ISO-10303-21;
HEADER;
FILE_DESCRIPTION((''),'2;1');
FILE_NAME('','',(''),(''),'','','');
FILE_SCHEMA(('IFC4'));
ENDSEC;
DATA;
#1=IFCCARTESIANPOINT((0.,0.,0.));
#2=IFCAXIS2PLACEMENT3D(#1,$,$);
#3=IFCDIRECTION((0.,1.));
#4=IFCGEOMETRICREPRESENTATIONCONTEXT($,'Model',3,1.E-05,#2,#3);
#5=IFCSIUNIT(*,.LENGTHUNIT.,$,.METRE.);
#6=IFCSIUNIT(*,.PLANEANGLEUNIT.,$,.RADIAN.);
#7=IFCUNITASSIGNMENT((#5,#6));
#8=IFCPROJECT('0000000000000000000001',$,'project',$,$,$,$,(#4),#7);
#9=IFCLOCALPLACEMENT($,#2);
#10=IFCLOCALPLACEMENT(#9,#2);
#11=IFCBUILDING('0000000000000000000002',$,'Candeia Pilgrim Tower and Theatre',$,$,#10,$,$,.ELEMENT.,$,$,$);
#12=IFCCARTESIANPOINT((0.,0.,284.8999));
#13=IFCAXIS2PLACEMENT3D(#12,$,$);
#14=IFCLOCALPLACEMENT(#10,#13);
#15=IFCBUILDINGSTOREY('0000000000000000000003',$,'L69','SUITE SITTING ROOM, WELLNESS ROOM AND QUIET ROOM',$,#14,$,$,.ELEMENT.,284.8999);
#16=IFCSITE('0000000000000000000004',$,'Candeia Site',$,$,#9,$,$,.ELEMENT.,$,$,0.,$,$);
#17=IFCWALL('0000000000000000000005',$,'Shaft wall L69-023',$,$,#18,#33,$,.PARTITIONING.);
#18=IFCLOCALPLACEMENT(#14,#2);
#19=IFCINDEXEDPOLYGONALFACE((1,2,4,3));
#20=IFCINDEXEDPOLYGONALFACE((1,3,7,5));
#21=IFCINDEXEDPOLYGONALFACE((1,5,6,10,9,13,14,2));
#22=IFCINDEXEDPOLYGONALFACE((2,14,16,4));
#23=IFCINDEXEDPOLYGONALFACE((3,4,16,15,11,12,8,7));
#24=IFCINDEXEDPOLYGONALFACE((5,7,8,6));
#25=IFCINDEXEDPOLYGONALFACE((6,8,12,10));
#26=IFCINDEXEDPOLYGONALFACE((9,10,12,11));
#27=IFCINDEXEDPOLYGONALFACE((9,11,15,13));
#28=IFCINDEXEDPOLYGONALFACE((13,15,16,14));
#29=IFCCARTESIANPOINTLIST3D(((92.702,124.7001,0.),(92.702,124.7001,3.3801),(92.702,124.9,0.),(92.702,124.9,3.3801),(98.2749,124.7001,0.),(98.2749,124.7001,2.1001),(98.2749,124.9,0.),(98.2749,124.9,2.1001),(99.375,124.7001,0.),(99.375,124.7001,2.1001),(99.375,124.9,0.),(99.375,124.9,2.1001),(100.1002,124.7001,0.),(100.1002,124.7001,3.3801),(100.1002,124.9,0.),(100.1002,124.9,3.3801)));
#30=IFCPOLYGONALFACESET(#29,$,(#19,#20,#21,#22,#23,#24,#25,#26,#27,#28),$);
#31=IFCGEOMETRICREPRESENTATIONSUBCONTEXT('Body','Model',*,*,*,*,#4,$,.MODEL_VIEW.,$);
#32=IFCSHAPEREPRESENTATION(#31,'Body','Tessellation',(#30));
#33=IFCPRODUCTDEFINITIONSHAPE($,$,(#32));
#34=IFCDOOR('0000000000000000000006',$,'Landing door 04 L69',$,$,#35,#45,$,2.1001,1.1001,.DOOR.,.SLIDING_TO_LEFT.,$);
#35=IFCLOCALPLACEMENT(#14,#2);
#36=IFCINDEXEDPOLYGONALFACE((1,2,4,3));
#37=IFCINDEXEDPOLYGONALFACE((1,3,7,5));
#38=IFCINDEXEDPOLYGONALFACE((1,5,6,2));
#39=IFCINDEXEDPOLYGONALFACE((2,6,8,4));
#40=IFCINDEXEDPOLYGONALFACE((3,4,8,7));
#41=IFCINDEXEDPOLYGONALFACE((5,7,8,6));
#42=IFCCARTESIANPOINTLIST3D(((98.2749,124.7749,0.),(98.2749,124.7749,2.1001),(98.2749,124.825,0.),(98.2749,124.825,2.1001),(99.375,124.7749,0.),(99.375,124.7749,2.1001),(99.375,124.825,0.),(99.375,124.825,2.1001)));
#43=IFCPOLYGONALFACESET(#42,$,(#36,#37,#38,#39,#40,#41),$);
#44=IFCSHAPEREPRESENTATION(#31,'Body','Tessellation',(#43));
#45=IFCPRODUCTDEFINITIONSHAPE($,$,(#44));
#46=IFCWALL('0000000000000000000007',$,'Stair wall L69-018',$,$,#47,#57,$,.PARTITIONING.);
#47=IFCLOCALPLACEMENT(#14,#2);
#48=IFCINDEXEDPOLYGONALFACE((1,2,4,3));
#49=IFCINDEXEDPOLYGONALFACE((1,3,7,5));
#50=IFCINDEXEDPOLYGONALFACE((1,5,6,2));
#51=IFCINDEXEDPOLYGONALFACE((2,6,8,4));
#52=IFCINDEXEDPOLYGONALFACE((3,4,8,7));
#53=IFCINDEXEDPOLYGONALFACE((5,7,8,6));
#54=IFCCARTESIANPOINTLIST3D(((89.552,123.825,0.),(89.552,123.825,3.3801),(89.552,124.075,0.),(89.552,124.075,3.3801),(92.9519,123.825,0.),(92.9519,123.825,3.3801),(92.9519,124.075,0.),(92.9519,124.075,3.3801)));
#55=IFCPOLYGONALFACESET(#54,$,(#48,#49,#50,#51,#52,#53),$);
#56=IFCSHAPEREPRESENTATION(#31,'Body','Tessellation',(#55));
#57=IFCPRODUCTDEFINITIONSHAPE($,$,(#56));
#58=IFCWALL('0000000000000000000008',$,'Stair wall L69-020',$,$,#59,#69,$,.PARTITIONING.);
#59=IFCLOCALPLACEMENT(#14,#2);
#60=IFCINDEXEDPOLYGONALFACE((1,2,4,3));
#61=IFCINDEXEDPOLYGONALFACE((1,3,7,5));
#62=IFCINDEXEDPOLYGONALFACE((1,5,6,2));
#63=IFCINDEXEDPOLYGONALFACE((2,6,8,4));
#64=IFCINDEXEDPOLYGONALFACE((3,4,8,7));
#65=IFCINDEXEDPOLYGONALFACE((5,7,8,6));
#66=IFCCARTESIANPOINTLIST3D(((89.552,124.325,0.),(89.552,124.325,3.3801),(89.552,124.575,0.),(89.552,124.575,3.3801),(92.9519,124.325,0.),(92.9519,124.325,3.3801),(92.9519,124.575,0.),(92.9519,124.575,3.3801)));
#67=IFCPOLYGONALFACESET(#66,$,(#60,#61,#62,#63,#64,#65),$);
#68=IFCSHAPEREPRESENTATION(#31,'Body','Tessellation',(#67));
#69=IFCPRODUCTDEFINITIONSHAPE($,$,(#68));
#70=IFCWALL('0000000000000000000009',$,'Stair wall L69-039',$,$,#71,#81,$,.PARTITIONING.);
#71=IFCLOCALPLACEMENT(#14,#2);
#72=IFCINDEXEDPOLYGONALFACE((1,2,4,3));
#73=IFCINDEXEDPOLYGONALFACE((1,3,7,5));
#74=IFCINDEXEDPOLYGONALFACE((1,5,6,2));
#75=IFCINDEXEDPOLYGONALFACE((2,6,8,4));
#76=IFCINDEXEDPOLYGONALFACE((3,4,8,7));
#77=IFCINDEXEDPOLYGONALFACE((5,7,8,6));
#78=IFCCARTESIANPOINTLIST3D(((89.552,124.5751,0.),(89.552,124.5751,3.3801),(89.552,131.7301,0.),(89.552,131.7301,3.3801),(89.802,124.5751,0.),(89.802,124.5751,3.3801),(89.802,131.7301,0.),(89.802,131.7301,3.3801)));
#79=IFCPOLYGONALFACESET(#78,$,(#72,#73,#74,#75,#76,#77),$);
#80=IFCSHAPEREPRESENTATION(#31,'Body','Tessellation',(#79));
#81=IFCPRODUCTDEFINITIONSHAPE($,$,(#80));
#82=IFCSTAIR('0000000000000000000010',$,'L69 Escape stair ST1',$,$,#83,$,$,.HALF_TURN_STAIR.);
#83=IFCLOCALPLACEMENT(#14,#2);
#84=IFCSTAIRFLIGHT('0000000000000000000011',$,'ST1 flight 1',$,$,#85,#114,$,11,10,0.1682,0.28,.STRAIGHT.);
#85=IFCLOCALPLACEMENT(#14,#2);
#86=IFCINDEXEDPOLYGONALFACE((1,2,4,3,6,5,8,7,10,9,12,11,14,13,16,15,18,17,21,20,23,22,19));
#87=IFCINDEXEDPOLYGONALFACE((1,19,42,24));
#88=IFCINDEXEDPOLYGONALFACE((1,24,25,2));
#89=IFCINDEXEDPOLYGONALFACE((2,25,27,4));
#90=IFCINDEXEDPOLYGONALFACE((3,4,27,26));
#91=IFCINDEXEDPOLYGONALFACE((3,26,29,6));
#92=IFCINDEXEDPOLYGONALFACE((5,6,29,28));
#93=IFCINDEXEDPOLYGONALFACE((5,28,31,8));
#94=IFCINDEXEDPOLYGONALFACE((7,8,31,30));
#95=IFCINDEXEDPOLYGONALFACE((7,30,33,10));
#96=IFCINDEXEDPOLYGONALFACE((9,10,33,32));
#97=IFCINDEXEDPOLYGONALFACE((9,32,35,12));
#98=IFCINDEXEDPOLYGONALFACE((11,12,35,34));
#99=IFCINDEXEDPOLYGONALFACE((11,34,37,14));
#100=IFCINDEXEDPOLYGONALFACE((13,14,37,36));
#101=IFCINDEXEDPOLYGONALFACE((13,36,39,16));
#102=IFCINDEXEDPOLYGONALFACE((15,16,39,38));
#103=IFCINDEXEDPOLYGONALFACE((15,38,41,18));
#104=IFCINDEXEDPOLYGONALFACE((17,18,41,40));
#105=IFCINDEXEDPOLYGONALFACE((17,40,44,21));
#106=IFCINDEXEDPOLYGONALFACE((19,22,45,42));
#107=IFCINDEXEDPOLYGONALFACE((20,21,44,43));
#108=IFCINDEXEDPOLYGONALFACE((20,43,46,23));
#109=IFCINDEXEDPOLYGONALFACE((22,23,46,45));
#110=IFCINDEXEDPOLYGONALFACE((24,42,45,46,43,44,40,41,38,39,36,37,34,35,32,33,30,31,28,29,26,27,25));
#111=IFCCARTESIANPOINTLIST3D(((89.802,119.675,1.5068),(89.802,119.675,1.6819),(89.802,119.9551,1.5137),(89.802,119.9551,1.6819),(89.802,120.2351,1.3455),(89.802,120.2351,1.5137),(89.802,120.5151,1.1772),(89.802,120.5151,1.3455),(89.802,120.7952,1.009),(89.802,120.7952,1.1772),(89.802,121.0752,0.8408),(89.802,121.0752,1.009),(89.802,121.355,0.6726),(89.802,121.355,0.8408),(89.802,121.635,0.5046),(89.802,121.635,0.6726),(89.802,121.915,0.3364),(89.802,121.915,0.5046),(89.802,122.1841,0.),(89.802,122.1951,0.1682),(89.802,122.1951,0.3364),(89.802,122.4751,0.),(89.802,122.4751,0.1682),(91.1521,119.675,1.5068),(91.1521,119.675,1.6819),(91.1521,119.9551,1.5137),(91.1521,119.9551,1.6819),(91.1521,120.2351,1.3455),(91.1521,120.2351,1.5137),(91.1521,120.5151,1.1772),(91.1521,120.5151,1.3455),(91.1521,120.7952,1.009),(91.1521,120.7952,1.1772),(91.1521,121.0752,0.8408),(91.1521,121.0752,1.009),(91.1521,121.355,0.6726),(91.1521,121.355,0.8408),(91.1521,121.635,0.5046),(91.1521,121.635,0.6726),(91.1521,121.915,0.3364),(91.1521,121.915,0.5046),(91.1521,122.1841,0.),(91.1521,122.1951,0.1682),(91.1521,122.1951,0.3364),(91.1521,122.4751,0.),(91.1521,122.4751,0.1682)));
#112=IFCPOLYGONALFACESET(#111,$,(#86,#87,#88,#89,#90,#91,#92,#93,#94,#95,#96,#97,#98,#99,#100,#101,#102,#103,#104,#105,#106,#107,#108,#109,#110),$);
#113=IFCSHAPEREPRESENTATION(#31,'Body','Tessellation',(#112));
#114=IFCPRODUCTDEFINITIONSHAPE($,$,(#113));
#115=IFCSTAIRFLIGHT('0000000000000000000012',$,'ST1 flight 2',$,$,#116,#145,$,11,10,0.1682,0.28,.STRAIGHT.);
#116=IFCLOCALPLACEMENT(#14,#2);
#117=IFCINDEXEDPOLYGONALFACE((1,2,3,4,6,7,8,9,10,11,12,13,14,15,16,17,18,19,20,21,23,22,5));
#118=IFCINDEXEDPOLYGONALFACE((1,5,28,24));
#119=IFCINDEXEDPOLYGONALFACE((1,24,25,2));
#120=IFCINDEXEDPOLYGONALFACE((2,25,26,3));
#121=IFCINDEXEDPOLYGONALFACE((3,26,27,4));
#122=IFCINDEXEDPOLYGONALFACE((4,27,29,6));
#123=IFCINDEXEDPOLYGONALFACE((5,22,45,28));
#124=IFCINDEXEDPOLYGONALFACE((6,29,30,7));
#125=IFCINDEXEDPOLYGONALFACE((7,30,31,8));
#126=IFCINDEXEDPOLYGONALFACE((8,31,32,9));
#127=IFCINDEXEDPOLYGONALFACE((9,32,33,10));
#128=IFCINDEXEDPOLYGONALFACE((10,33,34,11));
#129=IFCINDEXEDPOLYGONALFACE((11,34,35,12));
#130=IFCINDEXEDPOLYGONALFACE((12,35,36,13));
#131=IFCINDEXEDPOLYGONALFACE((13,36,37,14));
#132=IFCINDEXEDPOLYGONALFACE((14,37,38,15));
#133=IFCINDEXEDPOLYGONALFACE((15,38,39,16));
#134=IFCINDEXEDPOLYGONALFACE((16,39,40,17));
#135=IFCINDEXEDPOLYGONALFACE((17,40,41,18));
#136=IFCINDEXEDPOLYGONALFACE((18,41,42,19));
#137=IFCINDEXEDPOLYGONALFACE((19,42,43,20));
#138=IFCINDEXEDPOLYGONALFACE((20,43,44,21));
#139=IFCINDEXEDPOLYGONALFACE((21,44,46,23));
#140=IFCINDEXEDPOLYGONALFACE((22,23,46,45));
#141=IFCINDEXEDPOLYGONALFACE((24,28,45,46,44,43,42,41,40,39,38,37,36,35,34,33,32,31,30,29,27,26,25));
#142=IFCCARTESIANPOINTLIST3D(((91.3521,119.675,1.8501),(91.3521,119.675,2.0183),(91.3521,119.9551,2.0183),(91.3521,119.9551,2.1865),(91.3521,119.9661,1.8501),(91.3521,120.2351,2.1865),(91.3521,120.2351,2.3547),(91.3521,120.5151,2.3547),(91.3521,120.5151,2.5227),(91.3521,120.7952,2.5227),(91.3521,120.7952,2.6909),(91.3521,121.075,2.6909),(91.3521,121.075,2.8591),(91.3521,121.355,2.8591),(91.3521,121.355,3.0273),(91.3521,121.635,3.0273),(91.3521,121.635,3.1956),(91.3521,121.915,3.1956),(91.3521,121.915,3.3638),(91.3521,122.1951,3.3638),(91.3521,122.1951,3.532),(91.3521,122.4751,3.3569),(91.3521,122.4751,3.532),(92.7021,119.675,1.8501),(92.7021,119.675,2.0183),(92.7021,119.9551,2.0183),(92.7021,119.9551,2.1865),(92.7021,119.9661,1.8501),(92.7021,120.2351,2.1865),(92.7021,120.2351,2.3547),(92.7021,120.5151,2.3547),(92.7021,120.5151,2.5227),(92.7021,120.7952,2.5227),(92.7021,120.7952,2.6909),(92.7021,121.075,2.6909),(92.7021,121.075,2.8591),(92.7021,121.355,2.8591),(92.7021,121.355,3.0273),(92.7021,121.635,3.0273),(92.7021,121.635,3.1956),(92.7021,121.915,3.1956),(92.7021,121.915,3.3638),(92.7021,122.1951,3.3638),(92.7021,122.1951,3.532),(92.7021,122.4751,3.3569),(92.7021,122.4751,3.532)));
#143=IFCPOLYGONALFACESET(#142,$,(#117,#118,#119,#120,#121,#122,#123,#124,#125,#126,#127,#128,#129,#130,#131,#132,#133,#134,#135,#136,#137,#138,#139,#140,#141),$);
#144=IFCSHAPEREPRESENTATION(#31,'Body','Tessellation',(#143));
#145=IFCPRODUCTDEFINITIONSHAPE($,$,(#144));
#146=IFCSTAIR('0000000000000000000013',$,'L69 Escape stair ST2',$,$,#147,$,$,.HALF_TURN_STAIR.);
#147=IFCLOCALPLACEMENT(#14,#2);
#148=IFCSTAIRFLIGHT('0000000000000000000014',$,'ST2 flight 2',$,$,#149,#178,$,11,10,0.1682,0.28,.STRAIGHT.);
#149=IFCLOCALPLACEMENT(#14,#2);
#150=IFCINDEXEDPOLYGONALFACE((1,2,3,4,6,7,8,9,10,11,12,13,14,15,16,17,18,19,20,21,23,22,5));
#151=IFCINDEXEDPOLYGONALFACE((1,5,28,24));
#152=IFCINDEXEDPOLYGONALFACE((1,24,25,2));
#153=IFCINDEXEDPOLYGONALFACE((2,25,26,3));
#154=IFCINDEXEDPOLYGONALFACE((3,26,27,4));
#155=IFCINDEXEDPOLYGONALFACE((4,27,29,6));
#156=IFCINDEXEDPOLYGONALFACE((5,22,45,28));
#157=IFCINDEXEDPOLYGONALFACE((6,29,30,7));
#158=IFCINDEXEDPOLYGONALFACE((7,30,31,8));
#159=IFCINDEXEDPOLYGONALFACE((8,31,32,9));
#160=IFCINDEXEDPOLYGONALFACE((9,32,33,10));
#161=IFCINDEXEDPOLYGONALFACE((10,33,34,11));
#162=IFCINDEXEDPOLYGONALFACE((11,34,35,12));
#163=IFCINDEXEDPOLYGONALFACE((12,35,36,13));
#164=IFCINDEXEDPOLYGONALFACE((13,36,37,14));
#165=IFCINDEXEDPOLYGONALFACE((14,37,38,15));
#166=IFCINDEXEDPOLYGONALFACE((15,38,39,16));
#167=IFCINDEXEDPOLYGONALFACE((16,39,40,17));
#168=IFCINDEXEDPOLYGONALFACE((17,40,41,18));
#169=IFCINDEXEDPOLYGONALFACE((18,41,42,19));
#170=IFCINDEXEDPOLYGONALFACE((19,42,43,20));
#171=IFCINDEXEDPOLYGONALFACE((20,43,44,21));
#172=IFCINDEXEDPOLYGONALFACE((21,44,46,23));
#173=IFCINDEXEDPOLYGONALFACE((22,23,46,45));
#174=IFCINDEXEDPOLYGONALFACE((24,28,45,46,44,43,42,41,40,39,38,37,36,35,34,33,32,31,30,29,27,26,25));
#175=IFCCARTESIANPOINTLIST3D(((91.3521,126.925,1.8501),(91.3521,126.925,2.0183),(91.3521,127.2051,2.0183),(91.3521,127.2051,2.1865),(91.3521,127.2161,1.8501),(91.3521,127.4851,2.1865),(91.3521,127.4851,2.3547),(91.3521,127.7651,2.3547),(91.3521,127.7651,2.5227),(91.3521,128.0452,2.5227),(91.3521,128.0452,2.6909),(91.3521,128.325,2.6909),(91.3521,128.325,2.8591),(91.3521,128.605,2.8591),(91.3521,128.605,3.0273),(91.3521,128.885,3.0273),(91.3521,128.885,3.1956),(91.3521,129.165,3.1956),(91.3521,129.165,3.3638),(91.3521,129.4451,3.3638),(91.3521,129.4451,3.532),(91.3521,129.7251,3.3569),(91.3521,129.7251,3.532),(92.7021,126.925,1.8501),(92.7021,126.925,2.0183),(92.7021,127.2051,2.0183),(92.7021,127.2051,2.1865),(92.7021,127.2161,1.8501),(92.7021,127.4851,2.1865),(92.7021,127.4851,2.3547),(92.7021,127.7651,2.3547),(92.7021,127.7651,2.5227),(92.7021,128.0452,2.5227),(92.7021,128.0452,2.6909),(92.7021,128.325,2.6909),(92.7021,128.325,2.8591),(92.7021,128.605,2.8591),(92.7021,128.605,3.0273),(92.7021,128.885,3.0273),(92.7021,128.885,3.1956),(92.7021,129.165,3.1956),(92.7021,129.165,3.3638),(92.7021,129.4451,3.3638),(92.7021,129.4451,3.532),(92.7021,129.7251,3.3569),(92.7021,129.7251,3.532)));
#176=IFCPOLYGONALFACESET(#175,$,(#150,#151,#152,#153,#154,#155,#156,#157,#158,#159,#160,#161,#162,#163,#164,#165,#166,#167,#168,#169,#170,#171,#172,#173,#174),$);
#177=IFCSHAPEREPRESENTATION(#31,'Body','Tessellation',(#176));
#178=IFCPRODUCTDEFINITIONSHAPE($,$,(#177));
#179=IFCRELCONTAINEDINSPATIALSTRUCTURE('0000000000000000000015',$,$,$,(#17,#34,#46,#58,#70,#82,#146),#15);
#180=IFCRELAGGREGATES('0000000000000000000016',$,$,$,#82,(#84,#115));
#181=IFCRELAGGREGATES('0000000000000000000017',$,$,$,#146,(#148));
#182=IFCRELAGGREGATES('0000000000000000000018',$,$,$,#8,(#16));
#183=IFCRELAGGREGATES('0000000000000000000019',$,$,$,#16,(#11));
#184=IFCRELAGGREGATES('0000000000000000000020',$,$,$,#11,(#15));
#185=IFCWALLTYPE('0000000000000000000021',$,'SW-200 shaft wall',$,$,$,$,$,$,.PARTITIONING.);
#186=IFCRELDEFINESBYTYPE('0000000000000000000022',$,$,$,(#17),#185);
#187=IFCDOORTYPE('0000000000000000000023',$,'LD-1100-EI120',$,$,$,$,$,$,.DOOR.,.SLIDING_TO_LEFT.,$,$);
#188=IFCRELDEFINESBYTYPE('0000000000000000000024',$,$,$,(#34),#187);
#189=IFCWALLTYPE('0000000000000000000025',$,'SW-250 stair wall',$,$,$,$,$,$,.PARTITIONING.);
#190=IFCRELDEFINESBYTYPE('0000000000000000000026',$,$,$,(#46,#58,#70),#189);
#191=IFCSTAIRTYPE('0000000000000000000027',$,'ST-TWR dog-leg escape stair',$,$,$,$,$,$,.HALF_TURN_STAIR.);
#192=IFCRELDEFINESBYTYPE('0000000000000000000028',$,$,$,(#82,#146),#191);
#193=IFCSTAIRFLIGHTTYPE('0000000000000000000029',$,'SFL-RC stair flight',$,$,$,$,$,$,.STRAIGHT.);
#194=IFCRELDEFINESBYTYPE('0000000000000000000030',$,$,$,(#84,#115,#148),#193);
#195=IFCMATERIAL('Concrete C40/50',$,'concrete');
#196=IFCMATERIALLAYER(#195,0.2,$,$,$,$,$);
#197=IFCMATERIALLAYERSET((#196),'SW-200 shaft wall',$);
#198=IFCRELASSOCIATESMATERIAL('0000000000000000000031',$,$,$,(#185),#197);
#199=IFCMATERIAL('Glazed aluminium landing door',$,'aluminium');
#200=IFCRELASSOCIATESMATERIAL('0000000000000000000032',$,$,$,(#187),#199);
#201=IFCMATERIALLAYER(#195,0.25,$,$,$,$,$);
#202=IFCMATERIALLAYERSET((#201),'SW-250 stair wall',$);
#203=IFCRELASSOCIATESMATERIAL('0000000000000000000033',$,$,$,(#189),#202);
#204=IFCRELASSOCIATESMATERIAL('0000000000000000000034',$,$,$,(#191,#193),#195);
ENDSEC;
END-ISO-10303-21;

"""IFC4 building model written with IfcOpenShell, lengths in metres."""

from ifc_helpers import new_model, si_unit, direction, frame, frame_2d, origin, place, context, subcontext, project, spatial, polyline, rectangle, outline, extrude, material, layer, layer_set, type_object, element, fill, aggregate, save


model = new_model("IFC4")

# Units and contexts
model_context = context("Model", 3, precision=1e-05, world=origin(), true_north=direction((0.0, 1.0)))
body_context = subcontext(model_context, "Body", "Model", "MODEL_VIEW")
ifc_project = project(units=[si_unit("LENGTHUNIT", "METRE"), si_unit("PLANEANGLEUNIT", "RADIAN")], contexts=[model_context])

# Site, building, storey
site_placement = place(None, origin())
site = spatial("IfcSite", under=ifc_project, at=site_placement, Name="Candeia Site", CompositionType="ELEMENT", RefElevation=0.0)
building_placement = place(site_placement, origin())
building = spatial("IfcBuilding", under=site, at=building_placement, Name="Candeia Pilgrim Tower and Theatre", CompositionType="ELEMENT")
storey_placement = place(building_placement, frame((0.0, 0.0, 284.8999)))
storey = spatial("IfcBuildingStorey", under=building, at=storey_placement, Name="L69", Description="SUITE SITTING ROOM, WELLNESS ROOM AND QUIET ROOM", CompositionType="ELEMENT", Elevation=284.8999)

# Wall, opening, door
ifc_material_1 = material(Name="Concrete C40/50", Category="concrete")
ifc_layer_1 = layer(ifc_material_1, 0.2)
ifc_layer_set_1 = layer_set([ifc_layer_1], Name="SW-200 shaft wall")
wall_type_1 = type_object("IfcWallType", Name="SW-200 shaft wall", PredefinedType="PARTITIONING", material=ifc_layer_set_1)
wall_1_placement = place(storey_placement, frame((92.7019, 124.8, 0.0), z_axis=(0.0, 0.0, 1.0), x_axis=(1.0, 0.0, 0.0)))
wall_1 = element("IfcWall", 1, at=wall_1_placement, inside=storey, type_object=wall_type_1, Name="Shaft wall L69-023", PredefinedType="PARTITIONING", context=body_context, shape_type="SweptSolid", body=[
    extrude(rectangle(XDim=7.3982, YDim=0.2, at=frame_2d((3.6992, 0.0))), origin(), (0.0, 0.0, 1.0), 3.3801),
])
opening_placement = place(wall_1_placement, frame((5.573, 0.0, 0.0)))
opening = element("IfcOpeningElement", 2, at=opening_placement, cuts=wall_1, PredefinedType="OPENING", context=body_context, shape_type="SweptSolid", body=[
    extrude(rectangle(XDim=1.1001, YDim=2.1001, at=frame_2d((0.55, 1.05))), frame((0.0, 0.1099, 0.0), z_axis=(0.0, -1.0, 0.0), x_axis=(1.0, 0.0, 0.0)), (0.0, 0.0, 1.0), 0.22),
])
ifc_material_2 = material(Name="Glazed aluminium landing door", Category="aluminium")
door_type = type_object("IfcDoorType", Name="LD-1100-EI120", OperationType="SLIDING_TO_LEFT", PredefinedType="DOOR", material=ifc_material_2)
door_placement = place(opening_placement, origin())
door = element("IfcDoor", 3, at=door_placement, inside=storey, type_object=door_type, Name="Landing door 04 L69", OperationType="SLIDING_TO_LEFT", OverallHeight=2.1001, OverallWidth=1.1001, PredefinedType="DOOR", context=body_context, shape_type="SweptSolid", body=[
    extrude(rectangle(XDim=1.1001, YDim=2.1001, at=frame_2d((0.55, 1.05))), frame((0.0, 0.0249, 0.0), z_axis=(0.0, -1.0, 0.0), x_axis=(1.0, 0.0, 0.0)), (0.0, 0.0, 1.0), 0.05),
])
fill(opening, door)

# Walls
ifc_layer_2 = layer(ifc_material_1, 0.25)
ifc_layer_set_2 = layer_set([ifc_layer_2], Name="SW-250 stair wall")
wall_type_2 = type_object("IfcWallType", Name="SW-250 stair wall", PredefinedType="PARTITIONING", material=ifc_layer_set_2)
for number, where, z_axis, x_axis, name in (
    (4, (89.552, 123.95, 0.0), (0.0, 0.0, 1.0), (1.0, 0.0, 0.0), "Stair wall L69-018"),
    (5, (89.552, 124.45, 0.0), (0.0, 0.0, 1.0), (1.0, 0.0, 0.0), "Stair wall L69-020"),
):
    element("IfcWall", number, at=place(storey_placement, frame(where, z_axis=z_axis, x_axis=x_axis)), inside=storey, type_object=wall_type_2, Name=name, PredefinedType="PARTITIONING", context=body_context, shape_type="SweptSolid", body=[
        extrude(rectangle(XDim=3.3999, YDim=0.25, at=frame_2d((1.7, 0.0))), origin(), (0.0, 0.0, 1.0), 3.3801),
    ])
wall_2_placement = place(storey_placement, frame((89.677, 124.575, 0.0), z_axis=(0.0, 0.0, 1.0), x_axis=(0.0, 1.0, 0.0)))
element("IfcWall", 6, at=wall_2_placement, inside=storey, type_object=wall_type_2, Name="Stair wall L69-039", PredefinedType="PARTITIONING", context=body_context, shape_type="SweptSolid", body=[
    extrude(rectangle(XDim=7.155, YDim=0.25, at=frame_2d((3.5776, 0.0))), origin(), (0.0, 0.0, 1.0), 3.3801),
])

# Stair, stair flights
stair_type = type_object("IfcStairType", Name="ST-TWR dog-leg escape stair", PredefinedType="HALF_TURN_STAIR", material=ifc_material_1)
stair_1_placement = place(storey_placement, origin())
stair_1 = element("IfcStair", 7, at=stair_1_placement, inside=storey, type_object=stair_type, Name="L69 Escape stair ST1", PredefinedType="HALF_TURN_STAIR")
stair_flight_type = type_object("IfcStairFlightType", Name="SFL-RC stair flight", PredefinedType="STRAIGHT", material=ifc_material_1)
stair_flight_1_placement = place(storey_placement, frame((90.4771, 122.4751, 0.0), z_axis=(0.0, 0.0, 1.0), x_axis=(0.0, -1.0, 0.0)))
stair_flight_1 = element("IfcStairFlight", 8, at=stair_flight_1_placement, type_object=stair_flight_type, Name="ST1 flight 1", NumberOfRisers=11, NumberOfTreads=10, PredefinedType="STRAIGHT", RiserHeight=0.1682, TreadLength=0.28, context=body_context, shape_type="SweptSolid", body=[
    extrude(outline(polyline([(0.0, 0.0), (0.0, 0.1682), (0.28, 0.1682), (0.28, 0.3364), (0.5601, 0.3364), (0.5601, 0.5046), (0.8401, 0.5046), (0.8401, 0.6726), (1.1201, 0.6726), (1.1201, 0.8408), (1.3999, 0.8408), (1.3999, 1.009), (1.6799, 1.009), (1.6799, 1.1772), (1.96, 1.1772), (1.96, 1.3455), (2.24, 1.3455), (2.24, 1.5137), (2.52, 1.5137), (2.52, 1.6819), (2.8, 1.6819), (2.8, 1.8501), (2.8, 1.5068), (0.291, 0.0), (0.0, 0.0)])), frame((0.0, 0.675, 0.0), z_axis=(0.0, -1.0, 0.0), x_axis=(1.0, 0.0, 0.0)), (0.0, 0.0, 1.0), 1.3501),
])
stair_flight_2_placement = place(storey_placement, frame((92.0271, 119.675, 1.8501), z_axis=(0.0, 0.0, 1.0), x_axis=(0.0, 1.0, 0.0)))
stair_flight_2 = element("IfcStairFlight", 9, at=stair_flight_2_placement, type_object=stair_flight_type, Name="ST1 flight 2", NumberOfRisers=11, NumberOfTreads=10, PredefinedType="STRAIGHT", RiserHeight=0.1682, TreadLength=0.28, context=body_context, shape_type="SweptSolid", body=[
    extrude(outline(polyline([(0.0, 0.0), (0.0, 0.1682), (0.28, 0.1682), (0.28, 0.3364), (0.5601, 0.3364), (0.5601, 0.5046), (0.8401, 0.5046), (0.8401, 0.6726), (1.1201, 0.6726), (1.1201, 0.8408), (1.3999, 0.8408), (1.3999, 1.009), (1.6799, 1.009), (1.6799, 1.1772), (1.96, 1.1772), (1.96, 1.3455), (2.24, 1.3455), (2.24, 1.5137), (2.52, 1.5137), (2.52, 1.6819), (2.8, 1.6819), (2.8, 1.8501), (2.8, 1.5068), (0.291, 0.0), (0.0, 0.0)])), frame((0.0, 0.675, 0.0), z_axis=(0.0, -1.0, 0.0), x_axis=(1.0, 0.0, 0.0)), (0.0, 0.0, 1.0), 1.3501),
])
aggregate(stair_1, [stair_flight_1, stair_flight_2])

# Stair, stair flight
stair_2_placement = place(storey_placement, origin())
stair_2 = element("IfcStair", 10, at=stair_2_placement, inside=storey, type_object=stair_type, Name="L69 Escape stair ST2", PredefinedType="HALF_TURN_STAIR")
stair_flight_3_placement = place(storey_placement, frame((92.0271, 126.925, 1.8501), z_axis=(0.0, 0.0, 1.0), x_axis=(0.0, 1.0, 0.0)))
stair_flight_3 = element("IfcStairFlight", 11, at=stair_flight_3_placement, type_object=stair_flight_type, Name="ST2 flight 2", NumberOfRisers=11, NumberOfTreads=10, PredefinedType="STRAIGHT", RiserHeight=0.1682, TreadLength=0.28, context=body_context, shape_type="SweptSolid", body=[
    extrude(outline(polyline([(0.0, 0.0), (0.0, 0.1682), (0.28, 0.1682), (0.28, 0.3364), (0.5601, 0.3364), (0.5601, 0.5046), (0.8401, 0.5046), (0.8401, 0.6726), (1.1201, 0.6726), (1.1201, 0.8408), (1.3999, 0.8408), (1.3999, 1.009), (1.6799, 1.009), (1.6799, 1.1772), (1.96, 1.1772), (1.96, 1.3455), (2.24, 1.3455), (2.24, 1.5137), (2.52, 1.5137), (2.52, 1.6819), (2.8, 1.6819), (2.8, 1.8501), (2.8, 1.5068), (0.291, 0.0), (0.0, 0.0)])), frame((0.0, 0.675, 0.0), z_axis=(0.0, -1.0, 0.0), x_axis=(1.0, 0.0, 0.0)), (0.0, 0.0, 1.0), 1.3501),
])
aggregate(stair_2, [stair_flight_3])

save(model, "model.ifc")
